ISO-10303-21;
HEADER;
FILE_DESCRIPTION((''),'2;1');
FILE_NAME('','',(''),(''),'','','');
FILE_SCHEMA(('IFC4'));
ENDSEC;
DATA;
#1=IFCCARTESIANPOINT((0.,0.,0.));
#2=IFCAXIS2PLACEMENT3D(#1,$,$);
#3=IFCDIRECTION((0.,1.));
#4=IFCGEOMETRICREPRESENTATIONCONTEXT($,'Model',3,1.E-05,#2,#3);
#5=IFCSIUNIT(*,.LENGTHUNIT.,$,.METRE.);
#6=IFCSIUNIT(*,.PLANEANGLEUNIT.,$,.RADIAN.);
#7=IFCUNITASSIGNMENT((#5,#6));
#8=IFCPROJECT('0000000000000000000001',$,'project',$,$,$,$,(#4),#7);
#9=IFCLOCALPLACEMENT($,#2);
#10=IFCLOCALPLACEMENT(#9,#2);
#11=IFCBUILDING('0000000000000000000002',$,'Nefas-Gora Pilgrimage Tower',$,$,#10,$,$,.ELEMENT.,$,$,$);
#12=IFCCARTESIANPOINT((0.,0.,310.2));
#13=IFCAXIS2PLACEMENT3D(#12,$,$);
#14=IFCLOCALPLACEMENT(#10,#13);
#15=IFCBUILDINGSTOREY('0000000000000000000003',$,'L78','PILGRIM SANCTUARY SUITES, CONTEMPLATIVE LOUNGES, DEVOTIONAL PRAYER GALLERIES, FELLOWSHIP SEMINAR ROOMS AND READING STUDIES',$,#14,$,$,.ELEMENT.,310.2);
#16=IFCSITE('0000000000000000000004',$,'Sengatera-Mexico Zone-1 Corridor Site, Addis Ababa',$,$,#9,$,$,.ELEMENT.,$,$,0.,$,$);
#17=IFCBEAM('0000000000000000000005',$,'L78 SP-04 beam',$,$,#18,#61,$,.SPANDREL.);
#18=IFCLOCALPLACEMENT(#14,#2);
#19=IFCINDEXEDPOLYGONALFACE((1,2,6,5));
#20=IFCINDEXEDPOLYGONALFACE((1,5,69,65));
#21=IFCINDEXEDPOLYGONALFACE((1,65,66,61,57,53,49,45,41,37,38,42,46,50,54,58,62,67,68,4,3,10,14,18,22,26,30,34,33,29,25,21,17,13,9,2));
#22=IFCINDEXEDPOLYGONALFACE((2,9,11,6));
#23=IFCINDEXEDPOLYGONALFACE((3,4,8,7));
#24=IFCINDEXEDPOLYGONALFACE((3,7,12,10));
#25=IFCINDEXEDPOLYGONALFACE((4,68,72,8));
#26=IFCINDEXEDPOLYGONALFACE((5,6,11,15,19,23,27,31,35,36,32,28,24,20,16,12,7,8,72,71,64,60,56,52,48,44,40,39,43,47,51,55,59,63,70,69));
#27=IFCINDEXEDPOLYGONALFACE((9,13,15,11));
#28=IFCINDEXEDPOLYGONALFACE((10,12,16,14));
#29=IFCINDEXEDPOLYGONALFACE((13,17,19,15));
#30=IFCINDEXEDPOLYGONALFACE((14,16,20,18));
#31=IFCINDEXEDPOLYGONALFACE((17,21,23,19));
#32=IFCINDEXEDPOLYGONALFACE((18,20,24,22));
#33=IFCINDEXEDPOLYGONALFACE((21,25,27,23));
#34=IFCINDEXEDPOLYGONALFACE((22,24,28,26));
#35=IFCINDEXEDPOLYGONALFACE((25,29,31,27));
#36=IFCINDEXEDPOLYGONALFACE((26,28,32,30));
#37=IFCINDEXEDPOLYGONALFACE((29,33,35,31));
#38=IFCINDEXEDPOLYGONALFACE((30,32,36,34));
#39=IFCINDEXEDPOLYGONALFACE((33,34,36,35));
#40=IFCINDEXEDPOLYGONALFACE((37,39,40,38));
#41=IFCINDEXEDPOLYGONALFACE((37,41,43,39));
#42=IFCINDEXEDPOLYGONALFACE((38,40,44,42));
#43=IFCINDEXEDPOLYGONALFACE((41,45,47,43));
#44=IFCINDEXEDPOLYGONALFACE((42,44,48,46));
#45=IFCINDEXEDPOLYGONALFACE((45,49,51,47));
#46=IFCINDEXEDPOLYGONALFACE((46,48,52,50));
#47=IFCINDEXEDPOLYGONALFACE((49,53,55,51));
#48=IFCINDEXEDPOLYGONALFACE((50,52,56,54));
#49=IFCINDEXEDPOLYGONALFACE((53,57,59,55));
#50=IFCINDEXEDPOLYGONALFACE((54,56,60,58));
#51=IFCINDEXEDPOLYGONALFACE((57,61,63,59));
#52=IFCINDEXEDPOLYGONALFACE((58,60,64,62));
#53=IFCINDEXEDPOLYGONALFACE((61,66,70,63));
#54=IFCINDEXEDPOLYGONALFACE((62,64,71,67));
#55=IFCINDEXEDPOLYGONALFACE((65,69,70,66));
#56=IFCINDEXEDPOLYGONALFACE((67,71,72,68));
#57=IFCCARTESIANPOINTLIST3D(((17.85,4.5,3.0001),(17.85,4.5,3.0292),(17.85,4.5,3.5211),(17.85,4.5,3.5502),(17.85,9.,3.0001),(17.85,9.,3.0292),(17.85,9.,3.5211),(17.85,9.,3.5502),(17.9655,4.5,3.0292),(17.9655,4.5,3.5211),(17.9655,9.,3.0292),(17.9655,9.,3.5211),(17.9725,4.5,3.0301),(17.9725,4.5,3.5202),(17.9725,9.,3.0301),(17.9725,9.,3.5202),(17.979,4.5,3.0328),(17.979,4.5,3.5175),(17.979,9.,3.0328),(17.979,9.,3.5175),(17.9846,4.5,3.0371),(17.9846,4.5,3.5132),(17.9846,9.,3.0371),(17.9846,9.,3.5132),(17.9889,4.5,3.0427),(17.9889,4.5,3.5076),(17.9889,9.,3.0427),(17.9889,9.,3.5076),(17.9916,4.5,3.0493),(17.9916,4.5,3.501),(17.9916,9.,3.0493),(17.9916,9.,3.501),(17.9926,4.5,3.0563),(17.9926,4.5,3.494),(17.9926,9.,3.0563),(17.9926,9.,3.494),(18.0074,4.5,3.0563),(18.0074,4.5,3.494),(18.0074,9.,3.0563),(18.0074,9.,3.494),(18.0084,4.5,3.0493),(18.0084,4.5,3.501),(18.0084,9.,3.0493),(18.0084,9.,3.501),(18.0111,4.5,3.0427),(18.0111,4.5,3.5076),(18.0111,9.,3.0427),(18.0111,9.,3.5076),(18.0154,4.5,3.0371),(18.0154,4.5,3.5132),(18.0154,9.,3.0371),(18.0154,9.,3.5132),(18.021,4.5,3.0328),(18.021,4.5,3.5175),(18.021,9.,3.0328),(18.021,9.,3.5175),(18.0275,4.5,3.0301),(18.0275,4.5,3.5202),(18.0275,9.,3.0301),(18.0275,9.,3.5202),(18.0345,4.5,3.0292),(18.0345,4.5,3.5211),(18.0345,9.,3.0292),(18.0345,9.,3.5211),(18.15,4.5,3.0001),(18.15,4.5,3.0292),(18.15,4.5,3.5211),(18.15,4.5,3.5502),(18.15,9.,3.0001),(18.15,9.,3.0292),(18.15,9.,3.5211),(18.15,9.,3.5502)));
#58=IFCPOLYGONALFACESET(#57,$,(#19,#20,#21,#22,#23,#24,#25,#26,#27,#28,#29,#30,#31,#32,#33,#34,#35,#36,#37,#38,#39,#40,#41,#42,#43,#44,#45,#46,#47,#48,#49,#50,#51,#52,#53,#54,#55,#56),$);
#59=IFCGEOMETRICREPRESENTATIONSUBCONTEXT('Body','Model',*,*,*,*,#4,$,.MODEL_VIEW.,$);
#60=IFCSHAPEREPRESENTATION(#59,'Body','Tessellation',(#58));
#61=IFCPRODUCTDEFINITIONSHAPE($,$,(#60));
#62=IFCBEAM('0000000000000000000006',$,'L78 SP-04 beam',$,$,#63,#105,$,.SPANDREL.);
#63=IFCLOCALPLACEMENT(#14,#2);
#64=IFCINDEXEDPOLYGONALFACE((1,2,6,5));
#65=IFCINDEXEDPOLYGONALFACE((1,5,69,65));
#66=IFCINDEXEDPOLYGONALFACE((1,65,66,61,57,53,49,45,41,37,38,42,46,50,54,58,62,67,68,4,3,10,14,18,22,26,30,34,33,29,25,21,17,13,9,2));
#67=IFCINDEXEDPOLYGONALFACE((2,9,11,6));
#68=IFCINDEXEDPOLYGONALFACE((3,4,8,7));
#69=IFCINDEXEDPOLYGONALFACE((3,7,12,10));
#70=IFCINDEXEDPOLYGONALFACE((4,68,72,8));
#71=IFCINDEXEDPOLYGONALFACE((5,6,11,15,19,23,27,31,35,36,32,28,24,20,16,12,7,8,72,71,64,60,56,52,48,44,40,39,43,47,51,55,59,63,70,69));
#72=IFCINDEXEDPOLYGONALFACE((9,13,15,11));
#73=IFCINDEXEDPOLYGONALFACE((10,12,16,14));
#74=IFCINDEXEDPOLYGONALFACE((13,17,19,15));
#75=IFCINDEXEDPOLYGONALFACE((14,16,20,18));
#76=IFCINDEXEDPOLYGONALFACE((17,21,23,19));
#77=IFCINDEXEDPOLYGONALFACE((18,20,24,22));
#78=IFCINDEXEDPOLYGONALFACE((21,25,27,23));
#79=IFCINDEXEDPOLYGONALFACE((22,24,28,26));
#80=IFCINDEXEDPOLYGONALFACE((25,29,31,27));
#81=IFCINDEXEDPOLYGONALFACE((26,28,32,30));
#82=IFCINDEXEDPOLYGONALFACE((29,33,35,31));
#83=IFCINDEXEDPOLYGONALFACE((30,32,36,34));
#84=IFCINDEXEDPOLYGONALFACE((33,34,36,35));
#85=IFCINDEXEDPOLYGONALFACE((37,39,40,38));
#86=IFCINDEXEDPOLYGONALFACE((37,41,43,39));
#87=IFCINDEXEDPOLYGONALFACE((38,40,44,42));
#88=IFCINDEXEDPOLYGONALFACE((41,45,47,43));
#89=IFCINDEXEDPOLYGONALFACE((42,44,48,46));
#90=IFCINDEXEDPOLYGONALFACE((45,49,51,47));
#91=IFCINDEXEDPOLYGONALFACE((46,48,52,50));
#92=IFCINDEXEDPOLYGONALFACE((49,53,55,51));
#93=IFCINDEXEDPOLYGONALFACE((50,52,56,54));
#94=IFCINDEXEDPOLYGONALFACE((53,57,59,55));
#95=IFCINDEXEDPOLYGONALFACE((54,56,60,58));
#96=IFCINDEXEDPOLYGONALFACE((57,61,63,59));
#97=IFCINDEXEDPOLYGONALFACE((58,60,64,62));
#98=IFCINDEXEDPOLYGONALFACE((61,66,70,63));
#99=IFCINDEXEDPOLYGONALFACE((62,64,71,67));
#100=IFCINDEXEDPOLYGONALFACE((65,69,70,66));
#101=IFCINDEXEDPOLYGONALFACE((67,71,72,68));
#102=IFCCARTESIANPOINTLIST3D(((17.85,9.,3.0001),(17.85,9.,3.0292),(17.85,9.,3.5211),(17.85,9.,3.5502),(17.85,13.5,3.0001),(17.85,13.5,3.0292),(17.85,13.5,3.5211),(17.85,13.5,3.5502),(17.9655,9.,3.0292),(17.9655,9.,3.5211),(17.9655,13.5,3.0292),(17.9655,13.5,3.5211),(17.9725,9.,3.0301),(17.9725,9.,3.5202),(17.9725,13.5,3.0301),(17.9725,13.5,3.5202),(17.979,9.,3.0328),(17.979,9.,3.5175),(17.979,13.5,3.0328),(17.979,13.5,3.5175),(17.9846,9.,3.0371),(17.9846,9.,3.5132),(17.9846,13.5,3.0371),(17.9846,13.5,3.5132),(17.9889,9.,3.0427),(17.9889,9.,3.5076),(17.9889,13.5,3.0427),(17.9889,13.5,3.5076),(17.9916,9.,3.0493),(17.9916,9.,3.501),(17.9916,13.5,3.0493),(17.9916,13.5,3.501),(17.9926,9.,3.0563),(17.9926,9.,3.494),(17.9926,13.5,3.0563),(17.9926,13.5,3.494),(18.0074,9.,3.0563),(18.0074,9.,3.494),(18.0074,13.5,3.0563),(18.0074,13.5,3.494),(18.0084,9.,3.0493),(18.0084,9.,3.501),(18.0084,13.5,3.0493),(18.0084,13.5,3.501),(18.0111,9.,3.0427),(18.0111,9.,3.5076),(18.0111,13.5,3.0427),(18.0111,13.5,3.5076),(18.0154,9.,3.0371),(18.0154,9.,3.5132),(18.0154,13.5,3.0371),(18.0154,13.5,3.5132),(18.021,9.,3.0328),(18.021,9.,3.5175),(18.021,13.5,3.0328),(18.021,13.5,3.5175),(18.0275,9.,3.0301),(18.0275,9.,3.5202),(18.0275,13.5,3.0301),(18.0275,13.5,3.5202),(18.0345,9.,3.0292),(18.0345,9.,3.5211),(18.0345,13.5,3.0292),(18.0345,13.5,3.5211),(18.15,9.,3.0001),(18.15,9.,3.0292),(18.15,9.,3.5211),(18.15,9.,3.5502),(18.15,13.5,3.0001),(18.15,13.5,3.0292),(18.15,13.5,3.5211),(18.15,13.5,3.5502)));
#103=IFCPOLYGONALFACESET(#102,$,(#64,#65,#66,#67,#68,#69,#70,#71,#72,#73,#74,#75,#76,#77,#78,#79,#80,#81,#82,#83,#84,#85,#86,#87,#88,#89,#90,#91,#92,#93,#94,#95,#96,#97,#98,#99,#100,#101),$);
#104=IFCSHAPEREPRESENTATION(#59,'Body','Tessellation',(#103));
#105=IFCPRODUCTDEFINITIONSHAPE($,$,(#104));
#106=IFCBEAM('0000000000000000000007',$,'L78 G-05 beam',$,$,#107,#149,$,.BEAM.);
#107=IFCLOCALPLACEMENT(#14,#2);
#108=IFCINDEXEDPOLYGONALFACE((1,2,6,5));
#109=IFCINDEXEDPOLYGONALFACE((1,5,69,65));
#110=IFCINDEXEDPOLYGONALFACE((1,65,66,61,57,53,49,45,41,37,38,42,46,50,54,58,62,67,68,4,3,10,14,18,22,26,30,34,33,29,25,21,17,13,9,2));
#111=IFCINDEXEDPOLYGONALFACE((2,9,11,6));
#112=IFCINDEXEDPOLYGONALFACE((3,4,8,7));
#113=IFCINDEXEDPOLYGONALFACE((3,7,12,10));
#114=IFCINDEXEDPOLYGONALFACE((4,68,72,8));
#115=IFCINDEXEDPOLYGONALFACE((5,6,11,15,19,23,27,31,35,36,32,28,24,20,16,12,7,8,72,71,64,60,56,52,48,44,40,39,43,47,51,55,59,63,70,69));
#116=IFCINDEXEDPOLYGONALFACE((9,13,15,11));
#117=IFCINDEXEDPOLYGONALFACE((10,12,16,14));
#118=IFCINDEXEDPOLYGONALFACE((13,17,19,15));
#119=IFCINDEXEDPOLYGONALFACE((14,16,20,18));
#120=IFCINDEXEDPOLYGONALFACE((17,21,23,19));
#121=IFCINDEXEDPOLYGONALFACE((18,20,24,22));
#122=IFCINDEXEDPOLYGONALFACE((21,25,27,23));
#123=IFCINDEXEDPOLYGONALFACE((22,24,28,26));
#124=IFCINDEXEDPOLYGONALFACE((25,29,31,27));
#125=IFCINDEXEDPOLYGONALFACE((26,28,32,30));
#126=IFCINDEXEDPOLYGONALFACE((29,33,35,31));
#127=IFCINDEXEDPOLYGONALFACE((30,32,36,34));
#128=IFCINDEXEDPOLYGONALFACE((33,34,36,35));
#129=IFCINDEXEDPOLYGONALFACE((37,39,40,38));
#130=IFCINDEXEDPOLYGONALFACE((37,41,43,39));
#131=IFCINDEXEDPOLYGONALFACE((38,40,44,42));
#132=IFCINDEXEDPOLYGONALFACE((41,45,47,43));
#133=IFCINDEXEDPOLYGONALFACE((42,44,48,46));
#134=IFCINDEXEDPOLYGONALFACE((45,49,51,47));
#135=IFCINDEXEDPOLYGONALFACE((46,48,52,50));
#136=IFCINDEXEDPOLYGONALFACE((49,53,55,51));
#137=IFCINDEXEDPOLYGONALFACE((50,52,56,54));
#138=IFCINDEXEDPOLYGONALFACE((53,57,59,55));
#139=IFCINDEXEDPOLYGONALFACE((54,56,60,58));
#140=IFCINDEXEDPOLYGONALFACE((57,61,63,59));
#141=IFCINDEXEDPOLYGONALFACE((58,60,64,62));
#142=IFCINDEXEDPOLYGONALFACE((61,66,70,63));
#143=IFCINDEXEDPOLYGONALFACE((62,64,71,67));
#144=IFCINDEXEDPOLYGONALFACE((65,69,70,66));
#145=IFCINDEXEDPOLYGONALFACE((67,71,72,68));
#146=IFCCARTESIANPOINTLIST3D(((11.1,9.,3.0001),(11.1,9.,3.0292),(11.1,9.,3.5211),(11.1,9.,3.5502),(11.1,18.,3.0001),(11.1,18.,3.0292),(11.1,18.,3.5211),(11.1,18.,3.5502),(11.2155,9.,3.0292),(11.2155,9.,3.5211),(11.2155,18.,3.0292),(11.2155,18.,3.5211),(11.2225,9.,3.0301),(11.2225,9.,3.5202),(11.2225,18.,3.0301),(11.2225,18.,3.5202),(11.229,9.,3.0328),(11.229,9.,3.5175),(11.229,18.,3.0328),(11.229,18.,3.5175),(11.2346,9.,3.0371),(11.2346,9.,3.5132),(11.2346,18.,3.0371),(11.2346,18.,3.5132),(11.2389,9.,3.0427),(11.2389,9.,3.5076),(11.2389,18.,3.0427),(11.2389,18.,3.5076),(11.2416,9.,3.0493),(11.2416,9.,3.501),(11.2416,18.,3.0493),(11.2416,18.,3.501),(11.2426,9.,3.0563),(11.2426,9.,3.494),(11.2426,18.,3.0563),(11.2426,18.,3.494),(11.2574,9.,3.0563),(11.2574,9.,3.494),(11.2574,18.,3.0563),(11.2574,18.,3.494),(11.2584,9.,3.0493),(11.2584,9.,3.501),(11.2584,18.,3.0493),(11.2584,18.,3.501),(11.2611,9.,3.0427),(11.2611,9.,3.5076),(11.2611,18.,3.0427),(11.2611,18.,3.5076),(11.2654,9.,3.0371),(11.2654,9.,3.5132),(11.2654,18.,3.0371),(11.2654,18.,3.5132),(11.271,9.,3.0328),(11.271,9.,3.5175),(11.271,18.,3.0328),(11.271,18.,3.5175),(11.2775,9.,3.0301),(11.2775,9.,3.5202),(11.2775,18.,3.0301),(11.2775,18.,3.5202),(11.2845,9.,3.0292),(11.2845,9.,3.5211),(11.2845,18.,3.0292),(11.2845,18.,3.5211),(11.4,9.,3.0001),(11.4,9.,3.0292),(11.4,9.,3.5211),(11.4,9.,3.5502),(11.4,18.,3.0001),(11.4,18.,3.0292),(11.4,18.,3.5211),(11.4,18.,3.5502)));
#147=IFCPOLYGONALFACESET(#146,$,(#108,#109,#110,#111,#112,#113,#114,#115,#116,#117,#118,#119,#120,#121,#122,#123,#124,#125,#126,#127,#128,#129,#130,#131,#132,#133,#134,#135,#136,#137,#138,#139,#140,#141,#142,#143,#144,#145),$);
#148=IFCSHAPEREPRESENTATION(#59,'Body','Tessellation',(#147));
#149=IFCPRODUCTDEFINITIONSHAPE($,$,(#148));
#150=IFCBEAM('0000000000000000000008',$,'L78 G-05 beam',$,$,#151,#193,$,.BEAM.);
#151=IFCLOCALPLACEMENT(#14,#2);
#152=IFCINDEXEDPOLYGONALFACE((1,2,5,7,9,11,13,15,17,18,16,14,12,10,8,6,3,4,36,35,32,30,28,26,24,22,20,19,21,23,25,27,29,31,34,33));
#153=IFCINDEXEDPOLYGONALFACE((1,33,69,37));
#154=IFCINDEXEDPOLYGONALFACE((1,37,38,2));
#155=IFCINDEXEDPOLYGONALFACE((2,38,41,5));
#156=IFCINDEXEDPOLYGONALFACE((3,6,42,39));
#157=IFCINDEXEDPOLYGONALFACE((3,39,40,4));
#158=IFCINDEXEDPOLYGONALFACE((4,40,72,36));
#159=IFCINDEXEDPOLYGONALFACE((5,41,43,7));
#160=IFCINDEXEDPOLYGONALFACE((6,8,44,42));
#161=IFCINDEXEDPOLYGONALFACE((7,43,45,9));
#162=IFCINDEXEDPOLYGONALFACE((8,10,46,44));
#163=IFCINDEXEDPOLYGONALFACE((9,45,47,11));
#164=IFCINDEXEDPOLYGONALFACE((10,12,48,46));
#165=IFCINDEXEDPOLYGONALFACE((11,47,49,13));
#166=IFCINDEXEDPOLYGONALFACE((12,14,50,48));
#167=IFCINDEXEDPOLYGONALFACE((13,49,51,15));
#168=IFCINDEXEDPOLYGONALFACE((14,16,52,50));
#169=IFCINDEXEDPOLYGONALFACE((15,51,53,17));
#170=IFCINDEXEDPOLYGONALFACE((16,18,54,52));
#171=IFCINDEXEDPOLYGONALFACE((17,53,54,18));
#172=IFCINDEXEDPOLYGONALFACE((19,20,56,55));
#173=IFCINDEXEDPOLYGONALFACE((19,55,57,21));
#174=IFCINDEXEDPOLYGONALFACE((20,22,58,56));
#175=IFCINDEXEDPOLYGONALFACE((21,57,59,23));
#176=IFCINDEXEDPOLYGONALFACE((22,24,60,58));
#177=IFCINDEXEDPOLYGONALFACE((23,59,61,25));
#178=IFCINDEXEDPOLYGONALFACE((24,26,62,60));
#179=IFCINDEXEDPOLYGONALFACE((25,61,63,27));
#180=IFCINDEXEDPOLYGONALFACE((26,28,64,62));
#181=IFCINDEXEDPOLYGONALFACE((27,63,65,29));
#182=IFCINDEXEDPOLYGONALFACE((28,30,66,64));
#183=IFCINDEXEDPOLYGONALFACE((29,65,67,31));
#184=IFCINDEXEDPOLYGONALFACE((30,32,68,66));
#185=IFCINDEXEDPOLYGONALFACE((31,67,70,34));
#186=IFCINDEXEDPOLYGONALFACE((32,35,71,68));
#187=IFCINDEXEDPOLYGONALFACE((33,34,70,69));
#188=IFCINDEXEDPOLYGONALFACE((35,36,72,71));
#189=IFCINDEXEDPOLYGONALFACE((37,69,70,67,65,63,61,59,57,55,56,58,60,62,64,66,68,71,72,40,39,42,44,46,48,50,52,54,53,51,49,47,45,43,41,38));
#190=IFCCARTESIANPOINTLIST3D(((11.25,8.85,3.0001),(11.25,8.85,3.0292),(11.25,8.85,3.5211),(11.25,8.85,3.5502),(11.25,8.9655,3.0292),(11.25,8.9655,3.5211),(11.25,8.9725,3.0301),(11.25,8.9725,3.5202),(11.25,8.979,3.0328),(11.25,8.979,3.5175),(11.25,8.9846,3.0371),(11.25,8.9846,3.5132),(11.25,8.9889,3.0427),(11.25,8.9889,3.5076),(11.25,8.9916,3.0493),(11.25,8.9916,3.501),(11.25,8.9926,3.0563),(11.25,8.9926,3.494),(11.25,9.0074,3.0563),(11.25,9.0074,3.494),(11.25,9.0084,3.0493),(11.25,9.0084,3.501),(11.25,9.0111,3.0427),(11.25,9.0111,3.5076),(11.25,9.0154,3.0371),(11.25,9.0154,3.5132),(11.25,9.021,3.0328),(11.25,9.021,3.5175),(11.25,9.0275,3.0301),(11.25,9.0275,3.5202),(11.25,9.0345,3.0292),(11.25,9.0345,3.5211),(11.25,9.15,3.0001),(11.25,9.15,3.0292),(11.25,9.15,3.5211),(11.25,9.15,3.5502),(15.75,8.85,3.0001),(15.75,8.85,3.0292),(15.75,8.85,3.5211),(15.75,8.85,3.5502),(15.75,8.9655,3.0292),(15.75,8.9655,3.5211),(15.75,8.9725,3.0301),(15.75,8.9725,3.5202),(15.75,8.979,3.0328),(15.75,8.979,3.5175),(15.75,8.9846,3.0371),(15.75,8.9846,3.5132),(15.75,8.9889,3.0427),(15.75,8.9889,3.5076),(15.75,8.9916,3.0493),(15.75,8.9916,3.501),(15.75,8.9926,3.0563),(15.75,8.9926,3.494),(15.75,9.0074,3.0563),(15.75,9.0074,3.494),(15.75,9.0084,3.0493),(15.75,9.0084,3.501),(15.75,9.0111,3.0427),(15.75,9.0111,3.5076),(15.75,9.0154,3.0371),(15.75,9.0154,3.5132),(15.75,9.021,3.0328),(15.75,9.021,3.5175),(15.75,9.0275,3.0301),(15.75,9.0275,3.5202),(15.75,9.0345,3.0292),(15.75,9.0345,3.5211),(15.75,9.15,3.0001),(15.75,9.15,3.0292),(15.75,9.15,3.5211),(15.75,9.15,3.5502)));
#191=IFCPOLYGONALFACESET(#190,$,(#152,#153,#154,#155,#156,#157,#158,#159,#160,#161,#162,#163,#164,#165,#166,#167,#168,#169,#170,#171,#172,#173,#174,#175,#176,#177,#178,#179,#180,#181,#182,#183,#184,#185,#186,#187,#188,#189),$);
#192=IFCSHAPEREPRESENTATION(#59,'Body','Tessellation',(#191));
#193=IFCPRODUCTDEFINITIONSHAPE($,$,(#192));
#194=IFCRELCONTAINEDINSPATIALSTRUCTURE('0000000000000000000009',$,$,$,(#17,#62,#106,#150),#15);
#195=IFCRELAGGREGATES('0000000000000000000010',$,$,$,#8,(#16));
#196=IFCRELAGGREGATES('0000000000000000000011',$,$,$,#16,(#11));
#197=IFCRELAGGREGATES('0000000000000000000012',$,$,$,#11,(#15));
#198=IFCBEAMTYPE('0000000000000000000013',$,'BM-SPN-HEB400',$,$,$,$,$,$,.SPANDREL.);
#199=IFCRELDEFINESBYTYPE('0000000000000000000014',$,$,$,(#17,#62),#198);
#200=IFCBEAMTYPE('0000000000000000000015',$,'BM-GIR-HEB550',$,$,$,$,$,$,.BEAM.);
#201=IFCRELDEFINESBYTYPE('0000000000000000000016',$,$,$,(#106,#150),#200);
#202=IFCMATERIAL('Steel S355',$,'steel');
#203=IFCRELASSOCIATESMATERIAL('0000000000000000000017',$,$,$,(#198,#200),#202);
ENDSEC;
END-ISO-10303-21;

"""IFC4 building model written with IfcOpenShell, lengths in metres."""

from ifc_helpers import new_model, si_unit, direction, frame, origin, origin_2d, place, context, subcontext, project, spatial, i_section, extrude, source, transform, mapped, material, material_profile, profile_set, type_object, element, save


model = new_model("IFC4")

# Units and contexts
model_context = context("Model", 3, precision=1e-05, world=origin(), true_north=direction((0.0, 1.0)))
body_context = subcontext(model_context, "Body", "Model", "MODEL_VIEW")
ifc_project = project(units=[si_unit("LENGTHUNIT", "METRE"), si_unit("PLANEANGLEUNIT", "RADIAN")], contexts=[model_context])

# Site, building, storey
site_placement = place(None, origin())
site = spatial("IfcSite", under=ifc_project, at=site_placement, Name="Sengatera-Mexico Zone-1 Corridor Site, Addis Ababa", CompositionType="ELEMENT", RefElevation=0.0)
building_placement = place(site_placement, origin())
building = spatial("IfcBuilding", under=site, at=building_placement, Name="Nefas-Gora Pilgrimage Tower", CompositionType="ELEMENT")
storey_placement = place(building_placement, frame((0.0, 0.0, 310.2)))
storey = spatial("IfcBuildingStorey", under=building, at=storey_placement, Name="L78", Description="PILGRIM SANCTUARY SUITES, CONTEMPLATIVE LOUNGES, DEVOTIONAL PRAYER GALLERIES, FELLOWSHIP SEMINAR ROOMS AND READING STUDIES", CompositionType="ELEMENT", Elevation=310.2)

# Shared definitions
ifc_material_1 = material(Name="Steel S355", Category="steel")

# Beams
ifc_material_profile_1 = material_profile(ifc_material_1, i_section(OverallWidth=0.3, OverallDepth=0.55, WebThickness=0.0149, FlangeThickness=0.0291, FilletRadius=0.0271, at=origin_2d()), Name="HEB 550")
ifc_profile_set_1 = profile_set([ifc_material_profile_1], Name="Steel S355")
beam_type_1 = type_object("IfcBeamType", Name="BM-SPN-HEB400", PredefinedType="SPANDREL", material=ifc_profile_set_1)
shared_shape_1 = source(origin(), body_context, "Body", "SweptSolid", [
    extrude(i_section(OverallWidth=0.3, OverallDepth=0.55, WebThickness=0.0149, FlangeThickness=0.0291, FilletRadius=0.0271, at=origin_2d()), origin(), (0.0, 0.0, 1.0), 4.5),
])
for number, where, z_axis, x_axis, name in (
    (1, (18.0, 4.5, 3.2751), (0.0, 1.0, 0.0), (-1.0, 0.0, 0.0), "L78 SP-04 beam"),
    (2, (18.0, 9.0, 3.2751), (0.0, 1.0, 0.0), (-1.0, 0.0, 0.0), "L78 SP-04 beam"),
):
    element("IfcBeam", number, at=place(storey_placement, frame(where, z_axis=z_axis, x_axis=x_axis)), inside=storey, type_object=beam_type_1, Name=name, PredefinedType="SPANDREL", context=body_context, shape_type="MappedRepresentation", body=[
        mapped(shared_shape_1, transform((0.0, 0.0, 0.0), x_axis=(1.0, 0.0, 0.0), y_axis=(0.0, 1.0, 0.0), z_axis=(0.0, 0.0, 1.0), scale=1.0)),
    ])
ifc_material_profile_2 = material_profile(ifc_material_1, i_section(OverallWidth=0.3, OverallDepth=0.55, WebThickness=0.0149, FlangeThickness=0.0291, FilletRadius=0.0271, at=origin_2d()), Name="HEB 550")
ifc_profile_set_2 = profile_set([ifc_material_profile_2], Name="Steel S355")
beam_type_2 = type_object("IfcBeamType", Name="BM-GIR-HEB550", PredefinedType="BEAM", material=ifc_profile_set_2)
shared_shape_2 = source(origin(), body_context, "Body", "SweptSolid", [
    extrude(i_section(OverallWidth=0.3, OverallDepth=0.55, WebThickness=0.0149, FlangeThickness=0.0291, FilletRadius=0.0271, at=origin_2d()), origin(), (0.0, 0.0, 1.0), 9.0),
])
beam_placement = place(storey_placement, frame((11.25, 9.0, 3.2751), z_axis=(0.0, 1.0, 0.0), x_axis=(-1.0, 0.0, 0.0)))
element("IfcBeam", 3, at=beam_placement, inside=storey, type_object=beam_type_2, Name="L78 G-05 beam", PredefinedType="BEAM", context=body_context, shape_type="MappedRepresentation", body=[
    mapped(shared_shape_2, transform((0.0, 0.0, 0.0), x_axis=(1.0, 0.0, 0.0), y_axis=(0.0, 1.0, 0.0), z_axis=(0.0, 0.0, 1.0), scale=1.0)),
])
shared_shape_3 = source(origin(), body_context, "Body", "SweptSolid", [
    extrude(i_section(OverallWidth=0.3, OverallDepth=0.55, WebThickness=0.0149, FlangeThickness=0.0291, FilletRadius=0.0271, at=origin_2d()), origin(), (0.0, 0.0, 1.0), 4.5),
])
for number, where, z_axis, x_axis, name in (
    (4, (11.25, 9.0, 3.2751), (1.0, 0.0, 0.0), (0.0, 1.0, 0.0), "L78 G-05 beam"),
):
    element("IfcBeam", number, at=place(storey_placement, frame(where, z_axis=z_axis, x_axis=x_axis)), inside=storey, type_object=beam_type_2, Name=name, PredefinedType="BEAM", context=body_context, shape_type="MappedRepresentation", body=[
        mapped(shared_shape_3, transform((0.0, 0.0, 0.0), x_axis=(1.0, 0.0, 0.0), y_axis=(0.0, 1.0, 0.0), z_axis=(0.0, 0.0, 1.0), scale=1.0)),
    ])

save(model, "model.ifc")
